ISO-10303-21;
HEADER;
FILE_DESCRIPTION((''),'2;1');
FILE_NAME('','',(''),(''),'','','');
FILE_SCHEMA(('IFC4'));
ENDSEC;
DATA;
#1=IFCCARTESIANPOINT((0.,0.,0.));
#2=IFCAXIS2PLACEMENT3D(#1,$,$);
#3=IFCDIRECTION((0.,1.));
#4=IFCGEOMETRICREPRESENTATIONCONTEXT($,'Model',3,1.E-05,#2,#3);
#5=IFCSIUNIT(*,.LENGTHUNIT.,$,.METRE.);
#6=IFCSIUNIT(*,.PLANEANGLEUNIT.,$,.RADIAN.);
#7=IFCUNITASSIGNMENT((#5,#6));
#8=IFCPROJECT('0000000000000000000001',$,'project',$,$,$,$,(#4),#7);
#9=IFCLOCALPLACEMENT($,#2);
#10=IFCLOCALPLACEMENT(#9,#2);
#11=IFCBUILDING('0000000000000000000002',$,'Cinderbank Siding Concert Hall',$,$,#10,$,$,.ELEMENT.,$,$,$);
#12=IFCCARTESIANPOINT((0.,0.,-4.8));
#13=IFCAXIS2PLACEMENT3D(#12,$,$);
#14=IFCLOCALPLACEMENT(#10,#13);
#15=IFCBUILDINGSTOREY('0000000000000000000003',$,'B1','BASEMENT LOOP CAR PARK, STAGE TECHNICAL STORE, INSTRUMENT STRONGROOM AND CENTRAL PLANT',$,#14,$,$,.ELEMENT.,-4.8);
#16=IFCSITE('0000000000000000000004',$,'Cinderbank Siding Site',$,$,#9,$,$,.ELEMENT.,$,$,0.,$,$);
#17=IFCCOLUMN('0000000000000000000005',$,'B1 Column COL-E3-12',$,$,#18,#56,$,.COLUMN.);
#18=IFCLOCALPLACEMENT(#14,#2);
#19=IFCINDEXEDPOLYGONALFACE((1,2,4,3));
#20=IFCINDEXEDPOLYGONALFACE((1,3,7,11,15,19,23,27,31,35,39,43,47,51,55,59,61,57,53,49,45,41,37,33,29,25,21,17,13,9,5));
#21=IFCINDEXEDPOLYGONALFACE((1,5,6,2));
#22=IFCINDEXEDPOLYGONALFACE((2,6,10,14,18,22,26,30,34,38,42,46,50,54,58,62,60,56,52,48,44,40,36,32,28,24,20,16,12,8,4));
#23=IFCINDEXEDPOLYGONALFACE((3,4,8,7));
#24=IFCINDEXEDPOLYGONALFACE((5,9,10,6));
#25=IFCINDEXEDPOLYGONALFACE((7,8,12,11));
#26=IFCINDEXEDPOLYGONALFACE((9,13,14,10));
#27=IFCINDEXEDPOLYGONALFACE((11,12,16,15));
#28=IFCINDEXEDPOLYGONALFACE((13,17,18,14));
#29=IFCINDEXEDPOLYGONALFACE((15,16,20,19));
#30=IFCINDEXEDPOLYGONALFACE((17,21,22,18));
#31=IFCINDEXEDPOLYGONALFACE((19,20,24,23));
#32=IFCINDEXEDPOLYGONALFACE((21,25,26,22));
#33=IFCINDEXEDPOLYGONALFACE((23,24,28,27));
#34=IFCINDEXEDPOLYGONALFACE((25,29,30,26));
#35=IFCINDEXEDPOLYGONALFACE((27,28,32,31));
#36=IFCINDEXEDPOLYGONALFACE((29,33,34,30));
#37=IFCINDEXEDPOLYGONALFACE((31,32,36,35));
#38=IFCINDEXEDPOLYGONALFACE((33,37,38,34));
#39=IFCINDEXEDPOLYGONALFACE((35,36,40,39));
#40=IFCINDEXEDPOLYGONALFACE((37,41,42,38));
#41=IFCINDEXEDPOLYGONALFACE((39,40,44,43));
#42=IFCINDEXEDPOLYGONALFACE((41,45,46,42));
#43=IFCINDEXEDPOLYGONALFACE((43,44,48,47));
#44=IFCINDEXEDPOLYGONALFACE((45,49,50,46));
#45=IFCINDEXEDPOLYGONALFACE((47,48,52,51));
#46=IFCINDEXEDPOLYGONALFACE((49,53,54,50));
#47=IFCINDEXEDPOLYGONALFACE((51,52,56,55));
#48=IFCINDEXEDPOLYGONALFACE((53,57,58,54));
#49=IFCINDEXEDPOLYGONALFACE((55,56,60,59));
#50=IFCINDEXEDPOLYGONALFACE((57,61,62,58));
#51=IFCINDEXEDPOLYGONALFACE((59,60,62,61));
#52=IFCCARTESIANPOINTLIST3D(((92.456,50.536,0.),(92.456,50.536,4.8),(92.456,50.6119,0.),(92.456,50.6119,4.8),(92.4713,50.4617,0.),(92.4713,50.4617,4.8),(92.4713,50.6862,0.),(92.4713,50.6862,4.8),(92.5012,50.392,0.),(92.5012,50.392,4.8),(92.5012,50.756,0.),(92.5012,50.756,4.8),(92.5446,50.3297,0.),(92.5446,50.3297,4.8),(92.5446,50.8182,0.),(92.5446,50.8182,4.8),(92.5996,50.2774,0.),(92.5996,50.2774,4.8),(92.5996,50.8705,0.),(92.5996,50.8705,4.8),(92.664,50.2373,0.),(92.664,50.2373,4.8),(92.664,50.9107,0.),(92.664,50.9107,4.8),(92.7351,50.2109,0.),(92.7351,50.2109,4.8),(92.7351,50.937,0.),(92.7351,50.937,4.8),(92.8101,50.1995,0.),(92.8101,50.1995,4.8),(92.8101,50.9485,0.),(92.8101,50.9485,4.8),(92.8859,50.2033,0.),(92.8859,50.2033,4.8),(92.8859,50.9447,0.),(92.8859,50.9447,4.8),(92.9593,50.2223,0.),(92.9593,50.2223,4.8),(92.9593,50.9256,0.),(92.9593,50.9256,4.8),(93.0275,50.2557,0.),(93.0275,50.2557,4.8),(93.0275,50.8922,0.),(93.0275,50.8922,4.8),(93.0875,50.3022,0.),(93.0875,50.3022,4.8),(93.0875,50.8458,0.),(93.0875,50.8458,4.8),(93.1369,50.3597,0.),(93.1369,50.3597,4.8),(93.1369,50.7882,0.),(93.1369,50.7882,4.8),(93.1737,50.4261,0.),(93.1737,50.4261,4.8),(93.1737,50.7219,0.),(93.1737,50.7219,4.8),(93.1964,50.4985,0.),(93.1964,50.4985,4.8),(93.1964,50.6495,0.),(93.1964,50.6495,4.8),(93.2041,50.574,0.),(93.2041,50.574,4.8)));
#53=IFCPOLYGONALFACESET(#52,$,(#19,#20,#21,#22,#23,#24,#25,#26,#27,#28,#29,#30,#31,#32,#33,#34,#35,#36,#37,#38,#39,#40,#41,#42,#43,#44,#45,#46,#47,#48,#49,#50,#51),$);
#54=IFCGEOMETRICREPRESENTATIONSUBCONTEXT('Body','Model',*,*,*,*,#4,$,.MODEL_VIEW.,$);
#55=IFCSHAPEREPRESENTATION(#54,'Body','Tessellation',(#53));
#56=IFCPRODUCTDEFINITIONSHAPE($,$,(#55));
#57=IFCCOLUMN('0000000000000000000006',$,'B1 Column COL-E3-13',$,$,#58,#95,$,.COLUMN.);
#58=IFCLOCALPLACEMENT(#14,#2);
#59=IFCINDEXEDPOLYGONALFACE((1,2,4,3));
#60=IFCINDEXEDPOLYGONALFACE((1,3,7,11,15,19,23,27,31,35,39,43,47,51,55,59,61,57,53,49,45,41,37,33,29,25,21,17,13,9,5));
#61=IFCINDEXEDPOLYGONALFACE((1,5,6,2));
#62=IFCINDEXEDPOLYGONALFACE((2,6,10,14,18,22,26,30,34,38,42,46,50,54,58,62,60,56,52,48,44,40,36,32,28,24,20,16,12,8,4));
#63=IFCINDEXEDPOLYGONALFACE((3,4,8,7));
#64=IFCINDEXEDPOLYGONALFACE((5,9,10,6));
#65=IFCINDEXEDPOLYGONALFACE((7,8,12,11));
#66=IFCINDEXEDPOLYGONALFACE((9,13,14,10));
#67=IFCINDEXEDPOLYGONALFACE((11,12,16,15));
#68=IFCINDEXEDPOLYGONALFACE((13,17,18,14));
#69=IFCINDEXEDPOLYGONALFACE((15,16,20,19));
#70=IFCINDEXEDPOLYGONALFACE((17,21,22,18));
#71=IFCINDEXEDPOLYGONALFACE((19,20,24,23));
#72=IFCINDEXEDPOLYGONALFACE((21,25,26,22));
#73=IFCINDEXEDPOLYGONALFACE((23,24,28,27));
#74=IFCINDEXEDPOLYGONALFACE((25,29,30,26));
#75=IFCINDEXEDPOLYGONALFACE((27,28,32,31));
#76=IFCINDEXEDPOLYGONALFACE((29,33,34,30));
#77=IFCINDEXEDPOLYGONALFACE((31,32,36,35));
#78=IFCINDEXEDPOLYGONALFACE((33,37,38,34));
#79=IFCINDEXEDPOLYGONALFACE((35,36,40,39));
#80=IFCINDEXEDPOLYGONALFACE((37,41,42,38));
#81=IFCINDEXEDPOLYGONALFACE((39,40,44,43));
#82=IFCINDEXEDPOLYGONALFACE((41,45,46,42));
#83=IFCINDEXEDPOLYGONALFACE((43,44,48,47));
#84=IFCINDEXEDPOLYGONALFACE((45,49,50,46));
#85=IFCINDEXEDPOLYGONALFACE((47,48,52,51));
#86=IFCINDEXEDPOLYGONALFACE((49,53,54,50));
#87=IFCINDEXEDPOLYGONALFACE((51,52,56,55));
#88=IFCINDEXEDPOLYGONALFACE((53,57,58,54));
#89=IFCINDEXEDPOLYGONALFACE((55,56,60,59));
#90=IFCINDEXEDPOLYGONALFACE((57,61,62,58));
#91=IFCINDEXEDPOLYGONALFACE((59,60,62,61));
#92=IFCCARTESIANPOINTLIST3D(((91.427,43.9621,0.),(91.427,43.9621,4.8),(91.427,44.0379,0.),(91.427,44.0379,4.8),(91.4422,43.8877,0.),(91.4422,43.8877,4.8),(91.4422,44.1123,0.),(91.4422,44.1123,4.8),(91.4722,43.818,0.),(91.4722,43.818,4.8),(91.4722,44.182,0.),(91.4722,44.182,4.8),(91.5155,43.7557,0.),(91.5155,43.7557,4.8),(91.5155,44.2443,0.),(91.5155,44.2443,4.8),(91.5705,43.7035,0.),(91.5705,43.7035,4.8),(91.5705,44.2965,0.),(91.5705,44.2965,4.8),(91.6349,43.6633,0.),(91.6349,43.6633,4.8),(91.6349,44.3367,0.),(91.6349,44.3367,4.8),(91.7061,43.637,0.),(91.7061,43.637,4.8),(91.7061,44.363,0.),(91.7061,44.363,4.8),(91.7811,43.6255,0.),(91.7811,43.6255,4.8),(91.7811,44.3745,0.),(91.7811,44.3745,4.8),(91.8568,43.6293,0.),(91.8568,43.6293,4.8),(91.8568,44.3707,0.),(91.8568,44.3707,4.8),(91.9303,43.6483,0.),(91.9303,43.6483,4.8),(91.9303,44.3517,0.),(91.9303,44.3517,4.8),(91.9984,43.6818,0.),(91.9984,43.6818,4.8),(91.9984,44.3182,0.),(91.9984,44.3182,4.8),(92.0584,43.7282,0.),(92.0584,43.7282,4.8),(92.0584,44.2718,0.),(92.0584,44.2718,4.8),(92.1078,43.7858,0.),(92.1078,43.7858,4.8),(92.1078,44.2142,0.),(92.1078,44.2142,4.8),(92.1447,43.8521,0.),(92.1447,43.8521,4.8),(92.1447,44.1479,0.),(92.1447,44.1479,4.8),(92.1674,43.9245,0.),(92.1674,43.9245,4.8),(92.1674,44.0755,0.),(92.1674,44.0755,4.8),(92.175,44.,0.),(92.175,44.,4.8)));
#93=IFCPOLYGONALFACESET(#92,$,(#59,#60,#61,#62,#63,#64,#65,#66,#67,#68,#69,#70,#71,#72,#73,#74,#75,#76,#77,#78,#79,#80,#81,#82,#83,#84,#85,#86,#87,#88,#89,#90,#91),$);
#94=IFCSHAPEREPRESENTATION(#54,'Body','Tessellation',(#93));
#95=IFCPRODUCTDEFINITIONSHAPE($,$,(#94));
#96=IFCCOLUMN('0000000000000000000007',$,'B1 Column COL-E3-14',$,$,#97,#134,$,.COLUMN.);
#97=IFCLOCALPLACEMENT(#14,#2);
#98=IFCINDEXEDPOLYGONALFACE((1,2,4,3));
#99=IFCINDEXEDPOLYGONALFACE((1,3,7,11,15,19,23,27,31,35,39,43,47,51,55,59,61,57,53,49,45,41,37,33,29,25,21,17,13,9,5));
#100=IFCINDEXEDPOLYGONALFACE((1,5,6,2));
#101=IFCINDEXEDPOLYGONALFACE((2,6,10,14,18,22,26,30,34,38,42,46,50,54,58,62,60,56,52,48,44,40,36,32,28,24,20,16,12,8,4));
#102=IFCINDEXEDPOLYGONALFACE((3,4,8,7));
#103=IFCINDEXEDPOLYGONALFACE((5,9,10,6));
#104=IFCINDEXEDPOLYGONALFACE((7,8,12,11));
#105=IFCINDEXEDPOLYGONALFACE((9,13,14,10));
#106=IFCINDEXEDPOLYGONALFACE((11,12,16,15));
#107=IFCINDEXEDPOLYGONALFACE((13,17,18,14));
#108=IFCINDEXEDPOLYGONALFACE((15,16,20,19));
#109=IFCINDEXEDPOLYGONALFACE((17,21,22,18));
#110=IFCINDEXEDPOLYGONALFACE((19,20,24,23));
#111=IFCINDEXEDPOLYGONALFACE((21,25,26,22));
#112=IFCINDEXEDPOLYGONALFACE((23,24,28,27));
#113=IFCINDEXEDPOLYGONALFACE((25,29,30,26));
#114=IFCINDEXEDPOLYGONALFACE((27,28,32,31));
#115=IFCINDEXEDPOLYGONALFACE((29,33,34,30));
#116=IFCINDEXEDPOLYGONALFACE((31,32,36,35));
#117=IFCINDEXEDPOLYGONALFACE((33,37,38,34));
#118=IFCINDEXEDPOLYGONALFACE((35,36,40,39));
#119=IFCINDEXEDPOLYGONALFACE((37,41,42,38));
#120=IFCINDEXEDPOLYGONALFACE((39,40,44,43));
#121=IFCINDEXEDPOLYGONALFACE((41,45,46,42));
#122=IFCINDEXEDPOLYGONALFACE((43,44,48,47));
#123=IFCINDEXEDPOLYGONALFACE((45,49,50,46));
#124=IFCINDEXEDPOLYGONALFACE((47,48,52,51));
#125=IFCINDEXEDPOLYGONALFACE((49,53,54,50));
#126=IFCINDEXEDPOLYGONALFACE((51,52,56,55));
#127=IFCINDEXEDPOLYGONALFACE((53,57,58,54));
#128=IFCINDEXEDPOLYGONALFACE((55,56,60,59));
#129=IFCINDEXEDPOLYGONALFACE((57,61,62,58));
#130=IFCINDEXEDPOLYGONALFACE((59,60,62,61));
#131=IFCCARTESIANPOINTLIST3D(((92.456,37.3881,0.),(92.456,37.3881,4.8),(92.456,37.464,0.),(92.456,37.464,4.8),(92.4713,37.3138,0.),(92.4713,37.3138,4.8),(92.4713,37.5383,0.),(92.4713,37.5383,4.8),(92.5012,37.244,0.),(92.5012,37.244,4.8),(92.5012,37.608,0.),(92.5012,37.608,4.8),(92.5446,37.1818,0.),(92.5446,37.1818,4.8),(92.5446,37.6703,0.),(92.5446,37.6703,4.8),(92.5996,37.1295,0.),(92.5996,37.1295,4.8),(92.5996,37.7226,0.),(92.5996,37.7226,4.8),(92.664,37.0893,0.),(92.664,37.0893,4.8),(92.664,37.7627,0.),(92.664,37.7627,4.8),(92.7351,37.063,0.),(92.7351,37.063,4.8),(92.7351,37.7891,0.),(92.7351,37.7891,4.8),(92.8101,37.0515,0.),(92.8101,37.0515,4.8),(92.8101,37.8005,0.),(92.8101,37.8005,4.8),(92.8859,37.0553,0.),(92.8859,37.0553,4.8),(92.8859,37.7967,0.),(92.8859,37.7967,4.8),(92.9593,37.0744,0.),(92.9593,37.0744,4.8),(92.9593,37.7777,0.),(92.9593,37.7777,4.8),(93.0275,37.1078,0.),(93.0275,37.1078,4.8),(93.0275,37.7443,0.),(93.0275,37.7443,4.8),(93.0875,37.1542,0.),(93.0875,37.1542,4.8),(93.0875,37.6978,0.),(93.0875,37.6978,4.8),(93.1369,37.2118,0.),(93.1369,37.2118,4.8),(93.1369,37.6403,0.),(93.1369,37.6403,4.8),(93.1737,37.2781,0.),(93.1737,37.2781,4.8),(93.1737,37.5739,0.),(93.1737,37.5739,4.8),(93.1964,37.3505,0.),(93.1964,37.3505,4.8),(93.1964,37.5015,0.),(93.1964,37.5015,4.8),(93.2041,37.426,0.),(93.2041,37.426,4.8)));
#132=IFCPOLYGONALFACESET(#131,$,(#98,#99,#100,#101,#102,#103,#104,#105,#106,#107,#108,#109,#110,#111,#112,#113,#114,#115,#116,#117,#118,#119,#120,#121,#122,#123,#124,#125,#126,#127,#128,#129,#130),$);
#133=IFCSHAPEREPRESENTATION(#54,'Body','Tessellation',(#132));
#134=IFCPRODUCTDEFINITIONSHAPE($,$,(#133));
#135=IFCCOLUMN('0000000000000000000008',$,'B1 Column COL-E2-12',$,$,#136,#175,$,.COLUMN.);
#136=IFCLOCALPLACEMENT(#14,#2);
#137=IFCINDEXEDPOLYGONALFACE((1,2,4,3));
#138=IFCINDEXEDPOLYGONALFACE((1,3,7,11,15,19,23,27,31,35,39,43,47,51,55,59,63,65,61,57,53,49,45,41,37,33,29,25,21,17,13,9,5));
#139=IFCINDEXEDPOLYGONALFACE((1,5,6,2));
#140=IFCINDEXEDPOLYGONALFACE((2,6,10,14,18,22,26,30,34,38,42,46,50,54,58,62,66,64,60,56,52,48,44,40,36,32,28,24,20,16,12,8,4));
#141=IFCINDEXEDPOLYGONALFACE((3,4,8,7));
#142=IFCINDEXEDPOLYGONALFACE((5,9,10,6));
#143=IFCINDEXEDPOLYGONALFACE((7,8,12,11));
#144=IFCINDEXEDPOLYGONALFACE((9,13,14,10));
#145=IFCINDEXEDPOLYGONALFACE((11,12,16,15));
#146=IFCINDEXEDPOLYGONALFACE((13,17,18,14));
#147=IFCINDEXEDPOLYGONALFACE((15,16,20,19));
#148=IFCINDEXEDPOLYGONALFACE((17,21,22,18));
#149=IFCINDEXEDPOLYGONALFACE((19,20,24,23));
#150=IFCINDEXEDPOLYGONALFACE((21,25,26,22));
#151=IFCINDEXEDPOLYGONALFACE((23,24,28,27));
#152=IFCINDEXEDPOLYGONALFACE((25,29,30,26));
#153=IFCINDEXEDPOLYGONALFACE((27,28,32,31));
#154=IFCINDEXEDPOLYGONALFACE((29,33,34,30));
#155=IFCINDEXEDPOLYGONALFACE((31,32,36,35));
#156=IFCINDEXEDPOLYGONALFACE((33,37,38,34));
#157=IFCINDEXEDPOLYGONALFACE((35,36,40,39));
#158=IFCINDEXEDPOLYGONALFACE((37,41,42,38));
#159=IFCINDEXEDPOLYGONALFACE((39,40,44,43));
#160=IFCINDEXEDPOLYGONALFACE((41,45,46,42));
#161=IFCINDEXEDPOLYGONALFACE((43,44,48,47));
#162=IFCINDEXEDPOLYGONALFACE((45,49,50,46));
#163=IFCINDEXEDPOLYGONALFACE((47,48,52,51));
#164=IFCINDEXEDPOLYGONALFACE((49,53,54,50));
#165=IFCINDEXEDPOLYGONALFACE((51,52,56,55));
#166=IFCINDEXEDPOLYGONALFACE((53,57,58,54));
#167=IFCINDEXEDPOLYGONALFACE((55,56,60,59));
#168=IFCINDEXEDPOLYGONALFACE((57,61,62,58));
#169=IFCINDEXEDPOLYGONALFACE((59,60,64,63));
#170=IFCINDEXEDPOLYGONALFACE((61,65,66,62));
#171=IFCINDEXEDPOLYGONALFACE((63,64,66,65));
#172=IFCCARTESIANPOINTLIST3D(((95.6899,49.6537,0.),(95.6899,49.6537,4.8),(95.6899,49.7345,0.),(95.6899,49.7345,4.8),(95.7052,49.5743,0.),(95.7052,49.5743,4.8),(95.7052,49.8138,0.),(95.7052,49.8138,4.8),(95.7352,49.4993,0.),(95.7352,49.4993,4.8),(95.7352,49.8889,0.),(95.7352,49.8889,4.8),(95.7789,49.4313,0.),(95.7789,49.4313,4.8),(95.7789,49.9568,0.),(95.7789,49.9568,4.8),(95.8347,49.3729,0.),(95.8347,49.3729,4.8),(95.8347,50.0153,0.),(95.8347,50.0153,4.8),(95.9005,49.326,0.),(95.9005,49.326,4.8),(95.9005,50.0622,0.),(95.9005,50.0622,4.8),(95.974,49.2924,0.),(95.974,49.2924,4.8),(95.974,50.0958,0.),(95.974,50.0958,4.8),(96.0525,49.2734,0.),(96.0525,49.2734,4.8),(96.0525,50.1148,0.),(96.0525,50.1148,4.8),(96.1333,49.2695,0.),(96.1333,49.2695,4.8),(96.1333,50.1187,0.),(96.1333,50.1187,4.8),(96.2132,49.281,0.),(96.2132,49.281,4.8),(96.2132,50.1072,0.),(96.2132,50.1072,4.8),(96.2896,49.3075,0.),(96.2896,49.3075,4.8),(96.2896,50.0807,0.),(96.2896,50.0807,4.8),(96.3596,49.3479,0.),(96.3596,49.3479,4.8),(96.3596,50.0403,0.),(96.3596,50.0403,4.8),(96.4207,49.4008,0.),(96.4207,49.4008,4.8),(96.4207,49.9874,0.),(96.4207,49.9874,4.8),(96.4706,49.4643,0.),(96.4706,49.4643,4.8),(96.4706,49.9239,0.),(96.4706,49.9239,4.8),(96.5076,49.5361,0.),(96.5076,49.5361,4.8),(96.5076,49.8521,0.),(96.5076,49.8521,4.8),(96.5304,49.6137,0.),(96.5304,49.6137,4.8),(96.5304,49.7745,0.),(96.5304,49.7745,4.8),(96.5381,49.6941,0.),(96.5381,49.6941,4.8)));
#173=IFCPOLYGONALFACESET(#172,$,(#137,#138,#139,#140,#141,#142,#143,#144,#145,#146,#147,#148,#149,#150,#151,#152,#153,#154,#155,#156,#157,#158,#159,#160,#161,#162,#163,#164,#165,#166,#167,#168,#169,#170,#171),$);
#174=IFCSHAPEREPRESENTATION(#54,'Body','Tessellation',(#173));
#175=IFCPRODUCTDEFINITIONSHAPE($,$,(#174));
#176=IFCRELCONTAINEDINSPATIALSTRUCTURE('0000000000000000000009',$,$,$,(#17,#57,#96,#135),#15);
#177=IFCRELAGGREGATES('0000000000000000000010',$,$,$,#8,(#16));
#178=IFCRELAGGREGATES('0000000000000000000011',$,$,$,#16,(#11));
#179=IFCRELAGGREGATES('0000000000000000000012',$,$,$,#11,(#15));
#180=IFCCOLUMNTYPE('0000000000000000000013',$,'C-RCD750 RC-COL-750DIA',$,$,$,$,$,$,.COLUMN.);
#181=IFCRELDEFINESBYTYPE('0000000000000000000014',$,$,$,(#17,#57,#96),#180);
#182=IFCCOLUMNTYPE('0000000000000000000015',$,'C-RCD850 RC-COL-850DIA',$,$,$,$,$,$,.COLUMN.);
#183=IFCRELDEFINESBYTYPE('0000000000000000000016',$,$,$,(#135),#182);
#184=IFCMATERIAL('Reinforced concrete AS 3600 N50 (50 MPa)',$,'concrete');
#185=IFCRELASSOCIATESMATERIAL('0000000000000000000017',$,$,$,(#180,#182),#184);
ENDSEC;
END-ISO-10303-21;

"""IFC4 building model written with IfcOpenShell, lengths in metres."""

from ifc_helpers import new_model, si_unit, direction, frame, origin, origin_2d, place, context, subcontext, project, spatial, circle, extrude, material, material_profile, profile_set, type_object, element, save


model = new_model("IFC4")

# Units and contexts
model_context = context("Model", 3, precision=1e-05, world=origin(), true_north=direction((0.0, 1.0)))
body_context = subcontext(model_context, "Body", "Model", "MODEL_VIEW")
ifc_project = project(units=[si_unit("LENGTHUNIT", "METRE"), si_unit("PLANEANGLEUNIT", "RADIAN")], contexts=[model_context])

# Site, building, storey
site_placement = place(None, origin())
site = spatial("IfcSite", under=ifc_project, at=site_placement, Name="Cinderbank Siding Site", CompositionType="ELEMENT", RefElevation=0.0)
building_placement = place(site_placement, origin())
building = spatial("IfcBuilding", under=site, at=building_placement, Name="Cinderbank Siding Concert Hall", CompositionType="ELEMENT")
storey_placement = place(building_placement, frame((0.0, 0.0, -4.8)))
storey = spatial("IfcBuildingStorey", under=building, at=storey_placement, Name="B1", Description="BASEMENT LOOP CAR PARK, STAGE TECHNICAL STORE, INSTRUMENT STRONGROOM AND CENTRAL PLANT", CompositionType="ELEMENT", Elevation=-4.8)

# Columns
ifc_material_1 = material(Name="Reinforced concrete AS 3600 N50 (50 MPa)", Category="concrete")
ifc_material_profile_1 = material_profile(ifc_material_1, circle(Radius=0.375, at=origin_2d()), Name="RC-COL-750DIA", Category="LoadBearing")
ifc_profile_set_1 = profile_set([ifc_material_profile_1], Name="Reinforced concrete AS 3600 N50 (50 MPa)")
column_type_1 = type_object("IfcColumnType", Name="C-RCD750 RC-COL-750DIA", PredefinedType="COLUMN", material=ifc_profile_set_1)
for number, where, z_axis, x_axis, name in (
    (1, (92.8291, 50.574, 0.0), (0.0, 0.0, 1.0), (1.0, 0.0, 0.0), "B1 Column COL-E3-12"),
    (2, (91.8, 44.0, 0.0), (0.0, 0.0, 1.0), (1.0, 0.0, 0.0), "B1 Column COL-E3-13"),
    (3, (92.8291, 37.426, 0.0), (0.0, 0.0, 1.0), (1.0, 0.0, 0.0), "B1 Column COL-E3-14"),
):
    element("IfcColumn", number, at=place(storey_placement, frame(where, z_axis=z_axis, x_axis=x_axis)), inside=storey, type_object=column_type_1, Name=name, PredefinedType="COLUMN", context=body_context, shape_type="SweptSolid", body=[
        extrude(circle(Radius=0.375, at=origin_2d()), origin(), (0.0, 0.0, 1.0), 4.8),
    ])
ifc_material_profile_2 = material_profile(ifc_material_1, circle(Radius=0.425, at=origin_2d()), Name="RC-COL-850DIA", Category="LoadBearing")
ifc_profile_set_2 = profile_set([ifc_material_profile_2], Name="Reinforced concrete AS 3600 N50 (50 MPa)")
column_type_2 = type_object("IfcColumnType", Name="C-RCD850 RC-COL-850DIA", PredefinedType="COLUMN", material=ifc_profile_set_2)
for number, where, z_axis, x_axis, name in (
    (4, (96.113, 49.6941, 0.0), (0.0, 0.0, 1.0), (1.0, 0.0, 0.0), "B1 Column COL-E2-12"),
):
    element("IfcColumn", number, at=place(storey_placement, frame(where, z_axis=z_axis, x_axis=x_axis)), inside=storey, type_object=column_type_2, Name=name, PredefinedType="COLUMN", context=body_context, shape_type="SweptSolid", body=[
        extrude(circle(Radius=0.425, at=origin_2d()), origin(), (0.0, 0.0, 1.0), 4.8),
    ])

save(model, "model.ifc")
